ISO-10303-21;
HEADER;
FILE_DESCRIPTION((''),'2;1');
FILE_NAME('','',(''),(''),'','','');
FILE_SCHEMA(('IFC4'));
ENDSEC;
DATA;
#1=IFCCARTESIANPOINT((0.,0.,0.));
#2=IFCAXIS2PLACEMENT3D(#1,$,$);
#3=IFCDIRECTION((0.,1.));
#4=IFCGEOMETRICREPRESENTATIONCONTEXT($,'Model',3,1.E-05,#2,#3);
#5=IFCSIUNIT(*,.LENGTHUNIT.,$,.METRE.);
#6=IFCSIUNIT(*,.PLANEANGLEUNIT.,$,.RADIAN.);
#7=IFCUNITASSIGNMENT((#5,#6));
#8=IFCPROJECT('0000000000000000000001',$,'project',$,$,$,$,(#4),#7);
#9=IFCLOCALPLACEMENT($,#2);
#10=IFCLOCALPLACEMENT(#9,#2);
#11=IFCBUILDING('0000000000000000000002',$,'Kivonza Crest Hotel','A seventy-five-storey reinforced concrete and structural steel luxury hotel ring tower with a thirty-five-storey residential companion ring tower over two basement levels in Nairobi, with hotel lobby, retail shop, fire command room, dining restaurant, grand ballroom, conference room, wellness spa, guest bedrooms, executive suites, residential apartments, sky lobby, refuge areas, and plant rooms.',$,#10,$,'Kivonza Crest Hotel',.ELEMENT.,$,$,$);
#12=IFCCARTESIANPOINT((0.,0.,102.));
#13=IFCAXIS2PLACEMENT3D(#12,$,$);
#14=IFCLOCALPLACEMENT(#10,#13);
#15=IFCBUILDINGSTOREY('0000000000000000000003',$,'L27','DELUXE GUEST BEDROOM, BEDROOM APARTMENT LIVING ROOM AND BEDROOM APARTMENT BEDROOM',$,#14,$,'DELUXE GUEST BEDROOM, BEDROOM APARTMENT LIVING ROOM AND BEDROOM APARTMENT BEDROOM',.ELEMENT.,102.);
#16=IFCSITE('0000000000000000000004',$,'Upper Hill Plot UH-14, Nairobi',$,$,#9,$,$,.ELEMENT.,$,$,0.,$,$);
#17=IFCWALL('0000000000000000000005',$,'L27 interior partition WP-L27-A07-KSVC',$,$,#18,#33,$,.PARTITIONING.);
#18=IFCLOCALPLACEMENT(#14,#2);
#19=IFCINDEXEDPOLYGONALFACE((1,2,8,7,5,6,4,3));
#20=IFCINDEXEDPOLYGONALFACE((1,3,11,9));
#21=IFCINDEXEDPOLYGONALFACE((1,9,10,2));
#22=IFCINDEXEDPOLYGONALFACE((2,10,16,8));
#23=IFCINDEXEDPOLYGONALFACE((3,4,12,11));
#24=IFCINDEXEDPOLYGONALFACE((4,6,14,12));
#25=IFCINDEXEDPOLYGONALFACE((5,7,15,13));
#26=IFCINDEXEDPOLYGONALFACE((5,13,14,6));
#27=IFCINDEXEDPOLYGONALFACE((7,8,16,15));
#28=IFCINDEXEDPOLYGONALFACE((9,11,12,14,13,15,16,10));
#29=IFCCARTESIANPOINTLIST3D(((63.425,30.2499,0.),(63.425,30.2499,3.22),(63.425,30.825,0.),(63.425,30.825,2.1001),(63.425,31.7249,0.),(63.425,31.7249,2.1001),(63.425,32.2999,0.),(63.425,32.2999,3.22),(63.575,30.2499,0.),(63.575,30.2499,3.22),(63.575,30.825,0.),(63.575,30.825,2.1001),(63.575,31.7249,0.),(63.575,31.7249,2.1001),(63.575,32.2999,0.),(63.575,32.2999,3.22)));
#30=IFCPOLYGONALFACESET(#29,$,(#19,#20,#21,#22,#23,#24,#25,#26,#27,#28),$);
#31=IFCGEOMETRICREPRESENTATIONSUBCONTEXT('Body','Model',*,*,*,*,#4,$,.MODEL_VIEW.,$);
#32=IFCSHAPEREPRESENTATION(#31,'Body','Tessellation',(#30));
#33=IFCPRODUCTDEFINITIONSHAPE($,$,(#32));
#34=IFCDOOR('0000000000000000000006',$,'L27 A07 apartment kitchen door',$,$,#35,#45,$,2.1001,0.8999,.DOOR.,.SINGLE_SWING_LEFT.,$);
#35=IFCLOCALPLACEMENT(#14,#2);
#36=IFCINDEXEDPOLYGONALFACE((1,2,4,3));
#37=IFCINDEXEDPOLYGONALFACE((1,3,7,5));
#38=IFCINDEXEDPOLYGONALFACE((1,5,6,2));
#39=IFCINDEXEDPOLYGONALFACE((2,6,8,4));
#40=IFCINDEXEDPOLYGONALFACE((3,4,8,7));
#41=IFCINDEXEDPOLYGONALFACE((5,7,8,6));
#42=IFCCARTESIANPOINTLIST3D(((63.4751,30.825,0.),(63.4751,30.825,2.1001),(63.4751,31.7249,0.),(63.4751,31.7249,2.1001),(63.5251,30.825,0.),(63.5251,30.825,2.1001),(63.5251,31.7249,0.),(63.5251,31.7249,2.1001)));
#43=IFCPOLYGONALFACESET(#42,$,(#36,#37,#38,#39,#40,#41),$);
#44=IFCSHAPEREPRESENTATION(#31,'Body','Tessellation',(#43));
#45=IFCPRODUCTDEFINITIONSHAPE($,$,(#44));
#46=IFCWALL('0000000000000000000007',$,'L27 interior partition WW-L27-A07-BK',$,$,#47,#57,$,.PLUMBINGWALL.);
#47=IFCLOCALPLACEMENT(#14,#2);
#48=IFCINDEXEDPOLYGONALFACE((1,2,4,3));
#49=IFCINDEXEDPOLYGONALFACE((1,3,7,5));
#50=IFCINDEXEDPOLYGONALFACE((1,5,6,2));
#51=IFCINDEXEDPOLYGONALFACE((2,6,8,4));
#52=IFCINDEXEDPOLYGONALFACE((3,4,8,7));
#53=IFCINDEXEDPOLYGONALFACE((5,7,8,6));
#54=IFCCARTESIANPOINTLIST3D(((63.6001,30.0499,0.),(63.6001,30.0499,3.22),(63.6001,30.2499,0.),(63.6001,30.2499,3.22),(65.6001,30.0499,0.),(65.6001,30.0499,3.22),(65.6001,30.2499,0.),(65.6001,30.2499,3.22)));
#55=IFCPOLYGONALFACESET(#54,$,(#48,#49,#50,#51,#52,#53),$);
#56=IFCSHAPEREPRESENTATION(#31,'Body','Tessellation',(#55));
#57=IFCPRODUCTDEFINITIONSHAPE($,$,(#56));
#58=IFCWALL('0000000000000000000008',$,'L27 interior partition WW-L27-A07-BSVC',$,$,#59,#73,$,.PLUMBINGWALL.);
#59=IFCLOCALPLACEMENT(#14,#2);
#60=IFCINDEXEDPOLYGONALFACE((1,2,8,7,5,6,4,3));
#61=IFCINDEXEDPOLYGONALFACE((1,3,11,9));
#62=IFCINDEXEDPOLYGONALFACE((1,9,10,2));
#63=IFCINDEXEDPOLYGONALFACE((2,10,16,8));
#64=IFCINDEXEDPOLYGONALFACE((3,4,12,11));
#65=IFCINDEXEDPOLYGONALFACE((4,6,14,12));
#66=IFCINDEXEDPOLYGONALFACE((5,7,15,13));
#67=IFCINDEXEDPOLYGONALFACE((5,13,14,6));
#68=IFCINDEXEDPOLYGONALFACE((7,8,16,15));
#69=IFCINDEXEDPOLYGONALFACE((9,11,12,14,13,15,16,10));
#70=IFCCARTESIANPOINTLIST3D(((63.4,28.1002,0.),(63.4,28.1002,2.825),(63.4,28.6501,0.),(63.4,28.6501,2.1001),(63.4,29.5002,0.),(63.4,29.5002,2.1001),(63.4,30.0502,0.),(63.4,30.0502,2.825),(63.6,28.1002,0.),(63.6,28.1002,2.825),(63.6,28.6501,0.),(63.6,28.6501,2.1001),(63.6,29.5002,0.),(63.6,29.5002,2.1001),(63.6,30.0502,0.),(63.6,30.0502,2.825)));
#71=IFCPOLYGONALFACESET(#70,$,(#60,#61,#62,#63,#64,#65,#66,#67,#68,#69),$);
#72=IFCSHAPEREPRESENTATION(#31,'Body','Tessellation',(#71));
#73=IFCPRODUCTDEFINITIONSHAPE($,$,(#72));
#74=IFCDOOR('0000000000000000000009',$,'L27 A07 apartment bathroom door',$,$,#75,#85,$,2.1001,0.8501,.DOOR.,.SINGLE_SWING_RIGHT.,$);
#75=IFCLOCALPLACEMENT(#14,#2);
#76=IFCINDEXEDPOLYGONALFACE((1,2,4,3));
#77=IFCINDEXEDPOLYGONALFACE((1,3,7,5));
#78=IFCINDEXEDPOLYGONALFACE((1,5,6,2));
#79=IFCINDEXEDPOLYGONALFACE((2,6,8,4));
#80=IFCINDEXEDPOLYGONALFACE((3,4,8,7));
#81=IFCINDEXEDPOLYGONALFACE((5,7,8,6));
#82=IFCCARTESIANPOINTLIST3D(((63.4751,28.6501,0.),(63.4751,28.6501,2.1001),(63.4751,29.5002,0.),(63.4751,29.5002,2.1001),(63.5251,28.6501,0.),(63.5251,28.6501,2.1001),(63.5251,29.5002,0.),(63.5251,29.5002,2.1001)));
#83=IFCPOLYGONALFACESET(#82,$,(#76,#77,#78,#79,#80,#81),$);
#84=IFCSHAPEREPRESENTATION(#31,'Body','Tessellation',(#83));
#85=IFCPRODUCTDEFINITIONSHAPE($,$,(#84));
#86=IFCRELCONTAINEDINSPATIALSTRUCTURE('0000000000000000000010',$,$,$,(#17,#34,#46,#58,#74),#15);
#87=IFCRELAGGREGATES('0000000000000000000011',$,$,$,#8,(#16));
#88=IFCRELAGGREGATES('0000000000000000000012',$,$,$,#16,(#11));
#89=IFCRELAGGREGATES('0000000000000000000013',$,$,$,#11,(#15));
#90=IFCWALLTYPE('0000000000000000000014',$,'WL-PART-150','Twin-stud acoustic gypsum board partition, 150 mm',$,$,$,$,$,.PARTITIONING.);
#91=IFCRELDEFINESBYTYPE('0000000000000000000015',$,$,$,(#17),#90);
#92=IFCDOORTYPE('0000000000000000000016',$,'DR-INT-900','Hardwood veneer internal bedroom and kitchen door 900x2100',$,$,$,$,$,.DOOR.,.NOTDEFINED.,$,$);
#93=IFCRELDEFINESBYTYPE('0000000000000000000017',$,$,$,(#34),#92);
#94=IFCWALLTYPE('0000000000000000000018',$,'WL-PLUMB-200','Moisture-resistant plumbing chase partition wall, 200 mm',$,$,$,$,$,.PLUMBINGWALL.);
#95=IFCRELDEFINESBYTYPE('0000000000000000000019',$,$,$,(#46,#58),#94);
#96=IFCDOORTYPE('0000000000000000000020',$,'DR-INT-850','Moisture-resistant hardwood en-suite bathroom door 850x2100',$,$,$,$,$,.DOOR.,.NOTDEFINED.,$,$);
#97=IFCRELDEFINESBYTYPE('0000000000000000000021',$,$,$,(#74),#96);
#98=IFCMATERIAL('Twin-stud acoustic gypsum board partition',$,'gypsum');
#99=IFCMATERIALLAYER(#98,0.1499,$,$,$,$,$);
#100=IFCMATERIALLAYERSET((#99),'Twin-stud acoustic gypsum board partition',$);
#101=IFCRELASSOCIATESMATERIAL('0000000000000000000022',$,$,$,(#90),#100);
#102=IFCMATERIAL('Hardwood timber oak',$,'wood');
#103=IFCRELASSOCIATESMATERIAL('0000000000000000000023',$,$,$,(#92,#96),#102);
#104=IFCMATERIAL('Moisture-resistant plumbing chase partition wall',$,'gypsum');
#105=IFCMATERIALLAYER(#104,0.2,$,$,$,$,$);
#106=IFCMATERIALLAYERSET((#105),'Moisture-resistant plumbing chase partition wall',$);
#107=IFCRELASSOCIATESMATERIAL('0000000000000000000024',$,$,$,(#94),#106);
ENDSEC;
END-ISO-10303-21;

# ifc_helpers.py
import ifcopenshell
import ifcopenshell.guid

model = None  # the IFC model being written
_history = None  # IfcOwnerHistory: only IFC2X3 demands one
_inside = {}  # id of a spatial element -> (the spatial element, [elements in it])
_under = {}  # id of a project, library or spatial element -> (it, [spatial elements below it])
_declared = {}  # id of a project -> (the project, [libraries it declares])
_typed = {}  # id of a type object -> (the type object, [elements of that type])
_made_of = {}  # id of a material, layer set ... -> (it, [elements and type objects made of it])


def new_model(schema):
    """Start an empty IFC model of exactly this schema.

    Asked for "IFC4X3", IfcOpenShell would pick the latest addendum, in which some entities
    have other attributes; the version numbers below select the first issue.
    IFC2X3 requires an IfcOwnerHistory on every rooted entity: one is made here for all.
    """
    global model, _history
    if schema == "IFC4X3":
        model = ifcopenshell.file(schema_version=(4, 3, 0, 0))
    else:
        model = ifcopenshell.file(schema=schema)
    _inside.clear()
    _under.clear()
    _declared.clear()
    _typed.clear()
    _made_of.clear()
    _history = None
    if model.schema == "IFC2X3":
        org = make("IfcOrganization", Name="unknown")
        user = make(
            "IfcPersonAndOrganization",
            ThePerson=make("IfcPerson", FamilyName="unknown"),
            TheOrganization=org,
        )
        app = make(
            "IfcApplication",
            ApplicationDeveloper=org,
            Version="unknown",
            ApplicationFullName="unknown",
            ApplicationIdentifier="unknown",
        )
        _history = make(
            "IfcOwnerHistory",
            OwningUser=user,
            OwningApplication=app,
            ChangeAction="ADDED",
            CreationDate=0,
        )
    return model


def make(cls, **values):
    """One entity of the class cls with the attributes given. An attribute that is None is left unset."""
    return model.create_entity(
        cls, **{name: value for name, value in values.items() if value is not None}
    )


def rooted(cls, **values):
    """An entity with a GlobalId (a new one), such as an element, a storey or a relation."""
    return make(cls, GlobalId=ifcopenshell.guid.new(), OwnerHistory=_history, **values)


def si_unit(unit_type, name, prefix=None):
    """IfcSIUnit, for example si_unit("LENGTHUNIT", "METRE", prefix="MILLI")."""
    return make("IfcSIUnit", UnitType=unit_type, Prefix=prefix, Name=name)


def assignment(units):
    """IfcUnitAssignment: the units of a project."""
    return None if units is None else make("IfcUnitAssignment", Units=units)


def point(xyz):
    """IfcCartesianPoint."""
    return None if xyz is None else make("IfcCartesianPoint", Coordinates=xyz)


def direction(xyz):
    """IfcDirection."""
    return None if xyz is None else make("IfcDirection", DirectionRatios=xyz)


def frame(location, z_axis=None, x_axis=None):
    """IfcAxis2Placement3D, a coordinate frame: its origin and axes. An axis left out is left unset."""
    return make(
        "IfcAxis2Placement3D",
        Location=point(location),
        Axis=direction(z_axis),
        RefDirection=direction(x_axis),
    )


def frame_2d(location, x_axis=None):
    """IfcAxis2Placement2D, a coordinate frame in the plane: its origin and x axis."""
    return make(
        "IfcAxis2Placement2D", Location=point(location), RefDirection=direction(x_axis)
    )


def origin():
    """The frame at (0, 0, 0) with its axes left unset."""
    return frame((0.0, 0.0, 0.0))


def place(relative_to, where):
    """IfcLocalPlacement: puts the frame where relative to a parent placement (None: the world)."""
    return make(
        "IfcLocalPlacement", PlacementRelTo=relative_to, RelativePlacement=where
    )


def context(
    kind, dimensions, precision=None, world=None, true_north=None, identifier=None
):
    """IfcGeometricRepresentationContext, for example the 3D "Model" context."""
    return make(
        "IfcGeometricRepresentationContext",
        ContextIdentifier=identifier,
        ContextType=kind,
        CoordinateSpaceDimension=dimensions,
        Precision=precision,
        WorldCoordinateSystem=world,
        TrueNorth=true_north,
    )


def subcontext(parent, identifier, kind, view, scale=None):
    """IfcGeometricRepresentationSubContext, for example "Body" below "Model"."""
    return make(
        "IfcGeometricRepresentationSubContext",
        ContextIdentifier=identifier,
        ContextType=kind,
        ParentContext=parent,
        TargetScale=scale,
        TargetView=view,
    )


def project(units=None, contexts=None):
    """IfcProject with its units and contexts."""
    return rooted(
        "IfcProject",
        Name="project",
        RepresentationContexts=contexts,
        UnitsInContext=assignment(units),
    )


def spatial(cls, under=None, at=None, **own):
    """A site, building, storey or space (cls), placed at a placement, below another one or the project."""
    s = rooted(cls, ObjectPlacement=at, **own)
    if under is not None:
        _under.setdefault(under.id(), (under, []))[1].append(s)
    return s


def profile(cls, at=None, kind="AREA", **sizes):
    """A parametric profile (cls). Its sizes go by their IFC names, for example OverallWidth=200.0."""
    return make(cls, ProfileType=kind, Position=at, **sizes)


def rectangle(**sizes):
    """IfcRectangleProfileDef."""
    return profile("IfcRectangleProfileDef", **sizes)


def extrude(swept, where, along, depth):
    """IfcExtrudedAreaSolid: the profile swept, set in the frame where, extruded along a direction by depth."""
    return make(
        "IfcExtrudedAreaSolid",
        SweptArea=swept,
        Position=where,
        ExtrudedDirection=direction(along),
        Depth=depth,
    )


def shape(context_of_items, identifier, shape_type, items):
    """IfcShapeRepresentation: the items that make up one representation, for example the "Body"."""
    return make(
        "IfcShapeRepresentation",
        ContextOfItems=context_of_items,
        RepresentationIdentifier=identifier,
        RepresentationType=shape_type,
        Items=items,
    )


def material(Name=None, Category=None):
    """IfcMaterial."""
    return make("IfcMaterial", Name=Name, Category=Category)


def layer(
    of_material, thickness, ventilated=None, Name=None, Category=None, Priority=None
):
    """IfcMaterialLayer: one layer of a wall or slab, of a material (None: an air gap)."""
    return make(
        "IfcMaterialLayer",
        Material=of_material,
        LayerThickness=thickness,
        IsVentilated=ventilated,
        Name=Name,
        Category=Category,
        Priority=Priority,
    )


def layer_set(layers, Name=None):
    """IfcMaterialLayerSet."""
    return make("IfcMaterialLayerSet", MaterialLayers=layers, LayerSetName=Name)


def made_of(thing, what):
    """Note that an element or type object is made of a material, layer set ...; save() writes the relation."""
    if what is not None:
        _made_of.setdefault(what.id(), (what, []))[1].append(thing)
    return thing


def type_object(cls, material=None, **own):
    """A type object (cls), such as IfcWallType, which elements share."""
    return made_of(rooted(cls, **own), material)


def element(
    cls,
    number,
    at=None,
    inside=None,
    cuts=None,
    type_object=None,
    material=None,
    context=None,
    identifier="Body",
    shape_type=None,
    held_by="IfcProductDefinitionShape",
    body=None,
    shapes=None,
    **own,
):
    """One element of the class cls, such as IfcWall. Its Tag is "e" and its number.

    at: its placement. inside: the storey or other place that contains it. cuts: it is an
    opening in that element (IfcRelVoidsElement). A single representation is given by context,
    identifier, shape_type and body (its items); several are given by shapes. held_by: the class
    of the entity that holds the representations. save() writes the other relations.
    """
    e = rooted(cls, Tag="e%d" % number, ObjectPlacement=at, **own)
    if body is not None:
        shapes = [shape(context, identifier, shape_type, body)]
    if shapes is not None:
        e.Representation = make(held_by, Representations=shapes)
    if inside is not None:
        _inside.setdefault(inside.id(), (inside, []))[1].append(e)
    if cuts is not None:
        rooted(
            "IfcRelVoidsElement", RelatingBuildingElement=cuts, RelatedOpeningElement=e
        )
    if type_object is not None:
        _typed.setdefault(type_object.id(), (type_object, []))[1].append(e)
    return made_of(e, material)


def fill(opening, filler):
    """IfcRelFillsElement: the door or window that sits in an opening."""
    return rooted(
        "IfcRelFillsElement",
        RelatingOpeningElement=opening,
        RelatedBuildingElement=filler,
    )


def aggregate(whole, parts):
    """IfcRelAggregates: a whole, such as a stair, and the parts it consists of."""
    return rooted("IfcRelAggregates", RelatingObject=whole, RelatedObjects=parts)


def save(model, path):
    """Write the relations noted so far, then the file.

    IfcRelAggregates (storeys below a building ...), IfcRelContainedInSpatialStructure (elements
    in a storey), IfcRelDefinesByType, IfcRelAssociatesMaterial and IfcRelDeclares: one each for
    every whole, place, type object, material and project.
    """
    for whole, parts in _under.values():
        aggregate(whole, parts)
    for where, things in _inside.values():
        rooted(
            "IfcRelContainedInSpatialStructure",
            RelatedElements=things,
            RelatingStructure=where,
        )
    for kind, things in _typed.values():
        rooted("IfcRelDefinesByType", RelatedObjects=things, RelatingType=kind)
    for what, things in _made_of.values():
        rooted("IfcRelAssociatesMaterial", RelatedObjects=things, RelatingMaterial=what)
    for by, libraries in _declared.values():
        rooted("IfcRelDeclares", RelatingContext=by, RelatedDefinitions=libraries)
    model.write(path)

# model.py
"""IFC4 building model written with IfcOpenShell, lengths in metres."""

from ifc_helpers import new_model, si_unit, direction, frame, frame_2d, origin, place, context, subcontext, project, spatial, rectangle, extrude, material, layer, layer_set, type_object, element, fill, save


model = new_model("IFC4")

# Units and contexts
model_context = context("Model", 3, precision=1e-05, world=origin(), true_north=direction((0.0, 1.0)))
body_context = subcontext(model_context, "Body", "Model", "MODEL_VIEW")
ifc_project = project(units=[si_unit("LENGTHUNIT", "METRE"), si_unit("PLANEANGLEUNIT", "RADIAN")], contexts=[model_context])

# Site, building, storey
site_placement = place(None, origin())
site = spatial("IfcSite", under=ifc_project, at=site_placement, Name="Upper Hill Plot UH-14, Nairobi", CompositionType="ELEMENT", RefElevation=0.0)
building_placement = place(site_placement, origin())
building = spatial("IfcBuilding", under=site, at=building_placement, Name="Kivonza Crest Hotel", Description="A seventy-five-storey reinforced concrete and structural steel luxury hotel ring tower with a thirty-five-storey residential companion ring tower over two basement levels in Nairobi, with hotel lobby, retail shop, fire command room, dining restaurant, grand ballroom, conference room, wellness spa, guest bedrooms, executive suites, residential apartments, sky lobby, refuge areas, and plant rooms.", LongName="Kivonza Crest Hotel", CompositionType="ELEMENT")
storey_placement = place(building_placement, frame((0.0, 0.0, 102.0)))
storey = spatial("IfcBuildingStorey", under=building, at=storey_placement, Name="L27", Description="DELUXE GUEST BEDROOM, BEDROOM APARTMENT LIVING ROOM AND BEDROOM APARTMENT BEDROOM", LongName="DELUXE GUEST BEDROOM, BEDROOM APARTMENT LIVING ROOM AND BEDROOM APARTMENT BEDROOM", CompositionType="ELEMENT", Elevation=102.0)

# Wall, opening, door
ifc_material_1 = material(Name="Twin-stud acoustic gypsum board partition", Category="gypsum")
ifc_layer_1 = layer(ifc_material_1, 0.1499)
ifc_layer_set_1 = layer_set([ifc_layer_1], Name="Twin-stud acoustic gypsum board partition")
wall_type_1 = type_object("IfcWallType", Name="WL-PART-150", Description="Twin-stud acoustic gypsum board partition, 150 mm", PredefinedType="PARTITIONING", material=ifc_layer_set_1)
wall_1_placement = place(storey_placement, frame((63.5, 30.25, 0.0), z_axis=(0.0, 0.0, 1.0), x_axis=(0.0, 1.0, 0.0)))
wall_1 = element("IfcWall", 1, at=wall_1_placement, inside=storey, type_object=wall_type_1, Name="L27 interior partition WP-L27-A07-KSVC", PredefinedType="PARTITIONING", context=body_context, shape_type="SweptSolid", body=[
    extrude(rectangle(XDim=2.05, YDim=0.1499, at=frame_2d((1.0249, 0.0))), origin(), (0.0, 0.0, 1.0), 3.22),
])
opening_1_placement = place(wall_1_placement, frame((0.575, 0.0, 0.0)))
opening_1 = element("IfcOpeningElement", 2, at=opening_1_placement, cuts=wall_1, PredefinedType="OPENING", context=body_context, shape_type="SweptSolid", body=[
    extrude(rectangle(XDim=0.8999, YDim=2.1001, at=frame_2d((0.45, 1.05))), frame((0.0, 0.085, 0.0), z_axis=(0.0, -1.0, 0.0), x_axis=(1.0, 0.0, 0.0)), (0.0, 0.0, 1.0), 0.1699),
])
ifc_material_2 = material(Name="Hardwood timber oak", Category="wood")
door_type_1 = type_object("IfcDoorType", Name="DR-INT-900", Description="Hardwood veneer internal bedroom and kitchen door 900x2100", OperationType="NOTDEFINED", PredefinedType="DOOR", material=ifc_material_2)
door_1_placement = place(opening_1_placement, origin())
door_1 = element("IfcDoor", 3, at=door_1_placement, inside=storey, type_object=door_type_1, Name="L27 A07 apartment kitchen door", OperationType="SINGLE_SWING_LEFT", OverallHeight=2.1001, OverallWidth=0.8999, PredefinedType="DOOR", context=body_context, shape_type="SweptSolid", body=[
    extrude(rectangle(XDim=0.8999, YDim=2.1001, at=frame_2d((0.45, 1.05))), frame((0.0, 0.0249, 0.0), z_axis=(0.0, -1.0, 0.0), x_axis=(1.0, 0.0, 0.0)), (0.0, 0.0, 1.0), 0.05),
])
fill(opening_1, door_1)

# Wall
ifc_material_3 = material(Name="Moisture-resistant plumbing chase partition wall", Category="gypsum")
ifc_layer_2 = layer(ifc_material_3, 0.2)
ifc_layer_set_2 = layer_set([ifc_layer_2], Name="Moisture-resistant plumbing chase partition wall")
wall_type_2 = type_object("IfcWallType", Name="WL-PLUMB-200", Description="Moisture-resistant plumbing chase partition wall, 200 mm", PredefinedType="PLUMBINGWALL", material=ifc_layer_set_2)
wall_2_placement = place(storey_placement, frame((63.6001, 30.1499, 0.0), z_axis=(0.0, 0.0, 1.0), x_axis=(1.0, 0.0, 0.0)))
element("IfcWall", 4, at=wall_2_placement, inside=storey, type_object=wall_type_2, Name="L27 interior partition WW-L27-A07-BK", PredefinedType="PLUMBINGWALL", context=body_context, shape_type="SweptSolid", body=[
    extrude(rectangle(XDim=2.0, YDim=0.2, at=frame_2d((1.0, 0.0))), origin(), (0.0, 0.0, 1.0), 3.22),
])

# Wall, opening, door
wall_3_placement = place(storey_placement, frame((63.5, 28.1001, 0.0), z_axis=(0.0, 0.0, 1.0), x_axis=(0.0, 1.0, 0.0)))
wall_3 = element("IfcWall", 5, at=wall_3_placement, inside=storey, type_object=wall_type_2, Name="L27 interior partition WW-L27-A07-BSVC", PredefinedType="PLUMBINGWALL", context=body_context, shape_type="SweptSolid", body=[
    extrude(rectangle(XDim=1.95, YDim=0.2, at=frame_2d((0.9751, 0.0))), origin(), (0.0, 0.0, 1.0), 2.825),
])
opening_2_placement = place(wall_3_placement, frame((0.55, 0.0, 0.0)))
opening_2 = element("IfcOpeningElement", 6, at=opening_2_placement, cuts=wall_3, PredefinedType="OPENING", context=body_context, shape_type="SweptSolid", body=[
    extrude(rectangle(XDim=0.8501, YDim=2.1001, at=frame_2d((0.425, 1.05))), frame((0.0, 0.1099, 0.0), z_axis=(0.0, -1.0, 0.0), x_axis=(1.0, 0.0, 0.0)), (0.0, 0.0, 1.0), 0.22),
])
door_type_2 = type_object("IfcDoorType", Name="DR-INT-850", Description="Moisture-resistant hardwood en-suite bathroom door 850x2100", OperationType="NOTDEFINED", PredefinedType="DOOR", material=ifc_material_2)
door_2_placement = place(opening_2_placement, origin())
door_2 = element("IfcDoor", 7, at=door_2_placement, inside=storey, type_object=door_type_2, Name="L27 A07 apartment bathroom door", OperationType="SINGLE_SWING_RIGHT", OverallHeight=2.1001, OverallWidth=0.8501, PredefinedType="DOOR", context=body_context, shape_type="SweptSolid", body=[
    extrude(rectangle(XDim=0.8501, YDim=2.1001, at=frame_2d((0.425, 1.05))), frame((0.0, 0.0249, 0.0), z_axis=(0.0, -1.0, 0.0), x_axis=(1.0, 0.0, 0.0)), (0.0, 0.0, 1.0), 0.05),
])
fill(opening_2, door_2)

save(model, "model.ifc")
